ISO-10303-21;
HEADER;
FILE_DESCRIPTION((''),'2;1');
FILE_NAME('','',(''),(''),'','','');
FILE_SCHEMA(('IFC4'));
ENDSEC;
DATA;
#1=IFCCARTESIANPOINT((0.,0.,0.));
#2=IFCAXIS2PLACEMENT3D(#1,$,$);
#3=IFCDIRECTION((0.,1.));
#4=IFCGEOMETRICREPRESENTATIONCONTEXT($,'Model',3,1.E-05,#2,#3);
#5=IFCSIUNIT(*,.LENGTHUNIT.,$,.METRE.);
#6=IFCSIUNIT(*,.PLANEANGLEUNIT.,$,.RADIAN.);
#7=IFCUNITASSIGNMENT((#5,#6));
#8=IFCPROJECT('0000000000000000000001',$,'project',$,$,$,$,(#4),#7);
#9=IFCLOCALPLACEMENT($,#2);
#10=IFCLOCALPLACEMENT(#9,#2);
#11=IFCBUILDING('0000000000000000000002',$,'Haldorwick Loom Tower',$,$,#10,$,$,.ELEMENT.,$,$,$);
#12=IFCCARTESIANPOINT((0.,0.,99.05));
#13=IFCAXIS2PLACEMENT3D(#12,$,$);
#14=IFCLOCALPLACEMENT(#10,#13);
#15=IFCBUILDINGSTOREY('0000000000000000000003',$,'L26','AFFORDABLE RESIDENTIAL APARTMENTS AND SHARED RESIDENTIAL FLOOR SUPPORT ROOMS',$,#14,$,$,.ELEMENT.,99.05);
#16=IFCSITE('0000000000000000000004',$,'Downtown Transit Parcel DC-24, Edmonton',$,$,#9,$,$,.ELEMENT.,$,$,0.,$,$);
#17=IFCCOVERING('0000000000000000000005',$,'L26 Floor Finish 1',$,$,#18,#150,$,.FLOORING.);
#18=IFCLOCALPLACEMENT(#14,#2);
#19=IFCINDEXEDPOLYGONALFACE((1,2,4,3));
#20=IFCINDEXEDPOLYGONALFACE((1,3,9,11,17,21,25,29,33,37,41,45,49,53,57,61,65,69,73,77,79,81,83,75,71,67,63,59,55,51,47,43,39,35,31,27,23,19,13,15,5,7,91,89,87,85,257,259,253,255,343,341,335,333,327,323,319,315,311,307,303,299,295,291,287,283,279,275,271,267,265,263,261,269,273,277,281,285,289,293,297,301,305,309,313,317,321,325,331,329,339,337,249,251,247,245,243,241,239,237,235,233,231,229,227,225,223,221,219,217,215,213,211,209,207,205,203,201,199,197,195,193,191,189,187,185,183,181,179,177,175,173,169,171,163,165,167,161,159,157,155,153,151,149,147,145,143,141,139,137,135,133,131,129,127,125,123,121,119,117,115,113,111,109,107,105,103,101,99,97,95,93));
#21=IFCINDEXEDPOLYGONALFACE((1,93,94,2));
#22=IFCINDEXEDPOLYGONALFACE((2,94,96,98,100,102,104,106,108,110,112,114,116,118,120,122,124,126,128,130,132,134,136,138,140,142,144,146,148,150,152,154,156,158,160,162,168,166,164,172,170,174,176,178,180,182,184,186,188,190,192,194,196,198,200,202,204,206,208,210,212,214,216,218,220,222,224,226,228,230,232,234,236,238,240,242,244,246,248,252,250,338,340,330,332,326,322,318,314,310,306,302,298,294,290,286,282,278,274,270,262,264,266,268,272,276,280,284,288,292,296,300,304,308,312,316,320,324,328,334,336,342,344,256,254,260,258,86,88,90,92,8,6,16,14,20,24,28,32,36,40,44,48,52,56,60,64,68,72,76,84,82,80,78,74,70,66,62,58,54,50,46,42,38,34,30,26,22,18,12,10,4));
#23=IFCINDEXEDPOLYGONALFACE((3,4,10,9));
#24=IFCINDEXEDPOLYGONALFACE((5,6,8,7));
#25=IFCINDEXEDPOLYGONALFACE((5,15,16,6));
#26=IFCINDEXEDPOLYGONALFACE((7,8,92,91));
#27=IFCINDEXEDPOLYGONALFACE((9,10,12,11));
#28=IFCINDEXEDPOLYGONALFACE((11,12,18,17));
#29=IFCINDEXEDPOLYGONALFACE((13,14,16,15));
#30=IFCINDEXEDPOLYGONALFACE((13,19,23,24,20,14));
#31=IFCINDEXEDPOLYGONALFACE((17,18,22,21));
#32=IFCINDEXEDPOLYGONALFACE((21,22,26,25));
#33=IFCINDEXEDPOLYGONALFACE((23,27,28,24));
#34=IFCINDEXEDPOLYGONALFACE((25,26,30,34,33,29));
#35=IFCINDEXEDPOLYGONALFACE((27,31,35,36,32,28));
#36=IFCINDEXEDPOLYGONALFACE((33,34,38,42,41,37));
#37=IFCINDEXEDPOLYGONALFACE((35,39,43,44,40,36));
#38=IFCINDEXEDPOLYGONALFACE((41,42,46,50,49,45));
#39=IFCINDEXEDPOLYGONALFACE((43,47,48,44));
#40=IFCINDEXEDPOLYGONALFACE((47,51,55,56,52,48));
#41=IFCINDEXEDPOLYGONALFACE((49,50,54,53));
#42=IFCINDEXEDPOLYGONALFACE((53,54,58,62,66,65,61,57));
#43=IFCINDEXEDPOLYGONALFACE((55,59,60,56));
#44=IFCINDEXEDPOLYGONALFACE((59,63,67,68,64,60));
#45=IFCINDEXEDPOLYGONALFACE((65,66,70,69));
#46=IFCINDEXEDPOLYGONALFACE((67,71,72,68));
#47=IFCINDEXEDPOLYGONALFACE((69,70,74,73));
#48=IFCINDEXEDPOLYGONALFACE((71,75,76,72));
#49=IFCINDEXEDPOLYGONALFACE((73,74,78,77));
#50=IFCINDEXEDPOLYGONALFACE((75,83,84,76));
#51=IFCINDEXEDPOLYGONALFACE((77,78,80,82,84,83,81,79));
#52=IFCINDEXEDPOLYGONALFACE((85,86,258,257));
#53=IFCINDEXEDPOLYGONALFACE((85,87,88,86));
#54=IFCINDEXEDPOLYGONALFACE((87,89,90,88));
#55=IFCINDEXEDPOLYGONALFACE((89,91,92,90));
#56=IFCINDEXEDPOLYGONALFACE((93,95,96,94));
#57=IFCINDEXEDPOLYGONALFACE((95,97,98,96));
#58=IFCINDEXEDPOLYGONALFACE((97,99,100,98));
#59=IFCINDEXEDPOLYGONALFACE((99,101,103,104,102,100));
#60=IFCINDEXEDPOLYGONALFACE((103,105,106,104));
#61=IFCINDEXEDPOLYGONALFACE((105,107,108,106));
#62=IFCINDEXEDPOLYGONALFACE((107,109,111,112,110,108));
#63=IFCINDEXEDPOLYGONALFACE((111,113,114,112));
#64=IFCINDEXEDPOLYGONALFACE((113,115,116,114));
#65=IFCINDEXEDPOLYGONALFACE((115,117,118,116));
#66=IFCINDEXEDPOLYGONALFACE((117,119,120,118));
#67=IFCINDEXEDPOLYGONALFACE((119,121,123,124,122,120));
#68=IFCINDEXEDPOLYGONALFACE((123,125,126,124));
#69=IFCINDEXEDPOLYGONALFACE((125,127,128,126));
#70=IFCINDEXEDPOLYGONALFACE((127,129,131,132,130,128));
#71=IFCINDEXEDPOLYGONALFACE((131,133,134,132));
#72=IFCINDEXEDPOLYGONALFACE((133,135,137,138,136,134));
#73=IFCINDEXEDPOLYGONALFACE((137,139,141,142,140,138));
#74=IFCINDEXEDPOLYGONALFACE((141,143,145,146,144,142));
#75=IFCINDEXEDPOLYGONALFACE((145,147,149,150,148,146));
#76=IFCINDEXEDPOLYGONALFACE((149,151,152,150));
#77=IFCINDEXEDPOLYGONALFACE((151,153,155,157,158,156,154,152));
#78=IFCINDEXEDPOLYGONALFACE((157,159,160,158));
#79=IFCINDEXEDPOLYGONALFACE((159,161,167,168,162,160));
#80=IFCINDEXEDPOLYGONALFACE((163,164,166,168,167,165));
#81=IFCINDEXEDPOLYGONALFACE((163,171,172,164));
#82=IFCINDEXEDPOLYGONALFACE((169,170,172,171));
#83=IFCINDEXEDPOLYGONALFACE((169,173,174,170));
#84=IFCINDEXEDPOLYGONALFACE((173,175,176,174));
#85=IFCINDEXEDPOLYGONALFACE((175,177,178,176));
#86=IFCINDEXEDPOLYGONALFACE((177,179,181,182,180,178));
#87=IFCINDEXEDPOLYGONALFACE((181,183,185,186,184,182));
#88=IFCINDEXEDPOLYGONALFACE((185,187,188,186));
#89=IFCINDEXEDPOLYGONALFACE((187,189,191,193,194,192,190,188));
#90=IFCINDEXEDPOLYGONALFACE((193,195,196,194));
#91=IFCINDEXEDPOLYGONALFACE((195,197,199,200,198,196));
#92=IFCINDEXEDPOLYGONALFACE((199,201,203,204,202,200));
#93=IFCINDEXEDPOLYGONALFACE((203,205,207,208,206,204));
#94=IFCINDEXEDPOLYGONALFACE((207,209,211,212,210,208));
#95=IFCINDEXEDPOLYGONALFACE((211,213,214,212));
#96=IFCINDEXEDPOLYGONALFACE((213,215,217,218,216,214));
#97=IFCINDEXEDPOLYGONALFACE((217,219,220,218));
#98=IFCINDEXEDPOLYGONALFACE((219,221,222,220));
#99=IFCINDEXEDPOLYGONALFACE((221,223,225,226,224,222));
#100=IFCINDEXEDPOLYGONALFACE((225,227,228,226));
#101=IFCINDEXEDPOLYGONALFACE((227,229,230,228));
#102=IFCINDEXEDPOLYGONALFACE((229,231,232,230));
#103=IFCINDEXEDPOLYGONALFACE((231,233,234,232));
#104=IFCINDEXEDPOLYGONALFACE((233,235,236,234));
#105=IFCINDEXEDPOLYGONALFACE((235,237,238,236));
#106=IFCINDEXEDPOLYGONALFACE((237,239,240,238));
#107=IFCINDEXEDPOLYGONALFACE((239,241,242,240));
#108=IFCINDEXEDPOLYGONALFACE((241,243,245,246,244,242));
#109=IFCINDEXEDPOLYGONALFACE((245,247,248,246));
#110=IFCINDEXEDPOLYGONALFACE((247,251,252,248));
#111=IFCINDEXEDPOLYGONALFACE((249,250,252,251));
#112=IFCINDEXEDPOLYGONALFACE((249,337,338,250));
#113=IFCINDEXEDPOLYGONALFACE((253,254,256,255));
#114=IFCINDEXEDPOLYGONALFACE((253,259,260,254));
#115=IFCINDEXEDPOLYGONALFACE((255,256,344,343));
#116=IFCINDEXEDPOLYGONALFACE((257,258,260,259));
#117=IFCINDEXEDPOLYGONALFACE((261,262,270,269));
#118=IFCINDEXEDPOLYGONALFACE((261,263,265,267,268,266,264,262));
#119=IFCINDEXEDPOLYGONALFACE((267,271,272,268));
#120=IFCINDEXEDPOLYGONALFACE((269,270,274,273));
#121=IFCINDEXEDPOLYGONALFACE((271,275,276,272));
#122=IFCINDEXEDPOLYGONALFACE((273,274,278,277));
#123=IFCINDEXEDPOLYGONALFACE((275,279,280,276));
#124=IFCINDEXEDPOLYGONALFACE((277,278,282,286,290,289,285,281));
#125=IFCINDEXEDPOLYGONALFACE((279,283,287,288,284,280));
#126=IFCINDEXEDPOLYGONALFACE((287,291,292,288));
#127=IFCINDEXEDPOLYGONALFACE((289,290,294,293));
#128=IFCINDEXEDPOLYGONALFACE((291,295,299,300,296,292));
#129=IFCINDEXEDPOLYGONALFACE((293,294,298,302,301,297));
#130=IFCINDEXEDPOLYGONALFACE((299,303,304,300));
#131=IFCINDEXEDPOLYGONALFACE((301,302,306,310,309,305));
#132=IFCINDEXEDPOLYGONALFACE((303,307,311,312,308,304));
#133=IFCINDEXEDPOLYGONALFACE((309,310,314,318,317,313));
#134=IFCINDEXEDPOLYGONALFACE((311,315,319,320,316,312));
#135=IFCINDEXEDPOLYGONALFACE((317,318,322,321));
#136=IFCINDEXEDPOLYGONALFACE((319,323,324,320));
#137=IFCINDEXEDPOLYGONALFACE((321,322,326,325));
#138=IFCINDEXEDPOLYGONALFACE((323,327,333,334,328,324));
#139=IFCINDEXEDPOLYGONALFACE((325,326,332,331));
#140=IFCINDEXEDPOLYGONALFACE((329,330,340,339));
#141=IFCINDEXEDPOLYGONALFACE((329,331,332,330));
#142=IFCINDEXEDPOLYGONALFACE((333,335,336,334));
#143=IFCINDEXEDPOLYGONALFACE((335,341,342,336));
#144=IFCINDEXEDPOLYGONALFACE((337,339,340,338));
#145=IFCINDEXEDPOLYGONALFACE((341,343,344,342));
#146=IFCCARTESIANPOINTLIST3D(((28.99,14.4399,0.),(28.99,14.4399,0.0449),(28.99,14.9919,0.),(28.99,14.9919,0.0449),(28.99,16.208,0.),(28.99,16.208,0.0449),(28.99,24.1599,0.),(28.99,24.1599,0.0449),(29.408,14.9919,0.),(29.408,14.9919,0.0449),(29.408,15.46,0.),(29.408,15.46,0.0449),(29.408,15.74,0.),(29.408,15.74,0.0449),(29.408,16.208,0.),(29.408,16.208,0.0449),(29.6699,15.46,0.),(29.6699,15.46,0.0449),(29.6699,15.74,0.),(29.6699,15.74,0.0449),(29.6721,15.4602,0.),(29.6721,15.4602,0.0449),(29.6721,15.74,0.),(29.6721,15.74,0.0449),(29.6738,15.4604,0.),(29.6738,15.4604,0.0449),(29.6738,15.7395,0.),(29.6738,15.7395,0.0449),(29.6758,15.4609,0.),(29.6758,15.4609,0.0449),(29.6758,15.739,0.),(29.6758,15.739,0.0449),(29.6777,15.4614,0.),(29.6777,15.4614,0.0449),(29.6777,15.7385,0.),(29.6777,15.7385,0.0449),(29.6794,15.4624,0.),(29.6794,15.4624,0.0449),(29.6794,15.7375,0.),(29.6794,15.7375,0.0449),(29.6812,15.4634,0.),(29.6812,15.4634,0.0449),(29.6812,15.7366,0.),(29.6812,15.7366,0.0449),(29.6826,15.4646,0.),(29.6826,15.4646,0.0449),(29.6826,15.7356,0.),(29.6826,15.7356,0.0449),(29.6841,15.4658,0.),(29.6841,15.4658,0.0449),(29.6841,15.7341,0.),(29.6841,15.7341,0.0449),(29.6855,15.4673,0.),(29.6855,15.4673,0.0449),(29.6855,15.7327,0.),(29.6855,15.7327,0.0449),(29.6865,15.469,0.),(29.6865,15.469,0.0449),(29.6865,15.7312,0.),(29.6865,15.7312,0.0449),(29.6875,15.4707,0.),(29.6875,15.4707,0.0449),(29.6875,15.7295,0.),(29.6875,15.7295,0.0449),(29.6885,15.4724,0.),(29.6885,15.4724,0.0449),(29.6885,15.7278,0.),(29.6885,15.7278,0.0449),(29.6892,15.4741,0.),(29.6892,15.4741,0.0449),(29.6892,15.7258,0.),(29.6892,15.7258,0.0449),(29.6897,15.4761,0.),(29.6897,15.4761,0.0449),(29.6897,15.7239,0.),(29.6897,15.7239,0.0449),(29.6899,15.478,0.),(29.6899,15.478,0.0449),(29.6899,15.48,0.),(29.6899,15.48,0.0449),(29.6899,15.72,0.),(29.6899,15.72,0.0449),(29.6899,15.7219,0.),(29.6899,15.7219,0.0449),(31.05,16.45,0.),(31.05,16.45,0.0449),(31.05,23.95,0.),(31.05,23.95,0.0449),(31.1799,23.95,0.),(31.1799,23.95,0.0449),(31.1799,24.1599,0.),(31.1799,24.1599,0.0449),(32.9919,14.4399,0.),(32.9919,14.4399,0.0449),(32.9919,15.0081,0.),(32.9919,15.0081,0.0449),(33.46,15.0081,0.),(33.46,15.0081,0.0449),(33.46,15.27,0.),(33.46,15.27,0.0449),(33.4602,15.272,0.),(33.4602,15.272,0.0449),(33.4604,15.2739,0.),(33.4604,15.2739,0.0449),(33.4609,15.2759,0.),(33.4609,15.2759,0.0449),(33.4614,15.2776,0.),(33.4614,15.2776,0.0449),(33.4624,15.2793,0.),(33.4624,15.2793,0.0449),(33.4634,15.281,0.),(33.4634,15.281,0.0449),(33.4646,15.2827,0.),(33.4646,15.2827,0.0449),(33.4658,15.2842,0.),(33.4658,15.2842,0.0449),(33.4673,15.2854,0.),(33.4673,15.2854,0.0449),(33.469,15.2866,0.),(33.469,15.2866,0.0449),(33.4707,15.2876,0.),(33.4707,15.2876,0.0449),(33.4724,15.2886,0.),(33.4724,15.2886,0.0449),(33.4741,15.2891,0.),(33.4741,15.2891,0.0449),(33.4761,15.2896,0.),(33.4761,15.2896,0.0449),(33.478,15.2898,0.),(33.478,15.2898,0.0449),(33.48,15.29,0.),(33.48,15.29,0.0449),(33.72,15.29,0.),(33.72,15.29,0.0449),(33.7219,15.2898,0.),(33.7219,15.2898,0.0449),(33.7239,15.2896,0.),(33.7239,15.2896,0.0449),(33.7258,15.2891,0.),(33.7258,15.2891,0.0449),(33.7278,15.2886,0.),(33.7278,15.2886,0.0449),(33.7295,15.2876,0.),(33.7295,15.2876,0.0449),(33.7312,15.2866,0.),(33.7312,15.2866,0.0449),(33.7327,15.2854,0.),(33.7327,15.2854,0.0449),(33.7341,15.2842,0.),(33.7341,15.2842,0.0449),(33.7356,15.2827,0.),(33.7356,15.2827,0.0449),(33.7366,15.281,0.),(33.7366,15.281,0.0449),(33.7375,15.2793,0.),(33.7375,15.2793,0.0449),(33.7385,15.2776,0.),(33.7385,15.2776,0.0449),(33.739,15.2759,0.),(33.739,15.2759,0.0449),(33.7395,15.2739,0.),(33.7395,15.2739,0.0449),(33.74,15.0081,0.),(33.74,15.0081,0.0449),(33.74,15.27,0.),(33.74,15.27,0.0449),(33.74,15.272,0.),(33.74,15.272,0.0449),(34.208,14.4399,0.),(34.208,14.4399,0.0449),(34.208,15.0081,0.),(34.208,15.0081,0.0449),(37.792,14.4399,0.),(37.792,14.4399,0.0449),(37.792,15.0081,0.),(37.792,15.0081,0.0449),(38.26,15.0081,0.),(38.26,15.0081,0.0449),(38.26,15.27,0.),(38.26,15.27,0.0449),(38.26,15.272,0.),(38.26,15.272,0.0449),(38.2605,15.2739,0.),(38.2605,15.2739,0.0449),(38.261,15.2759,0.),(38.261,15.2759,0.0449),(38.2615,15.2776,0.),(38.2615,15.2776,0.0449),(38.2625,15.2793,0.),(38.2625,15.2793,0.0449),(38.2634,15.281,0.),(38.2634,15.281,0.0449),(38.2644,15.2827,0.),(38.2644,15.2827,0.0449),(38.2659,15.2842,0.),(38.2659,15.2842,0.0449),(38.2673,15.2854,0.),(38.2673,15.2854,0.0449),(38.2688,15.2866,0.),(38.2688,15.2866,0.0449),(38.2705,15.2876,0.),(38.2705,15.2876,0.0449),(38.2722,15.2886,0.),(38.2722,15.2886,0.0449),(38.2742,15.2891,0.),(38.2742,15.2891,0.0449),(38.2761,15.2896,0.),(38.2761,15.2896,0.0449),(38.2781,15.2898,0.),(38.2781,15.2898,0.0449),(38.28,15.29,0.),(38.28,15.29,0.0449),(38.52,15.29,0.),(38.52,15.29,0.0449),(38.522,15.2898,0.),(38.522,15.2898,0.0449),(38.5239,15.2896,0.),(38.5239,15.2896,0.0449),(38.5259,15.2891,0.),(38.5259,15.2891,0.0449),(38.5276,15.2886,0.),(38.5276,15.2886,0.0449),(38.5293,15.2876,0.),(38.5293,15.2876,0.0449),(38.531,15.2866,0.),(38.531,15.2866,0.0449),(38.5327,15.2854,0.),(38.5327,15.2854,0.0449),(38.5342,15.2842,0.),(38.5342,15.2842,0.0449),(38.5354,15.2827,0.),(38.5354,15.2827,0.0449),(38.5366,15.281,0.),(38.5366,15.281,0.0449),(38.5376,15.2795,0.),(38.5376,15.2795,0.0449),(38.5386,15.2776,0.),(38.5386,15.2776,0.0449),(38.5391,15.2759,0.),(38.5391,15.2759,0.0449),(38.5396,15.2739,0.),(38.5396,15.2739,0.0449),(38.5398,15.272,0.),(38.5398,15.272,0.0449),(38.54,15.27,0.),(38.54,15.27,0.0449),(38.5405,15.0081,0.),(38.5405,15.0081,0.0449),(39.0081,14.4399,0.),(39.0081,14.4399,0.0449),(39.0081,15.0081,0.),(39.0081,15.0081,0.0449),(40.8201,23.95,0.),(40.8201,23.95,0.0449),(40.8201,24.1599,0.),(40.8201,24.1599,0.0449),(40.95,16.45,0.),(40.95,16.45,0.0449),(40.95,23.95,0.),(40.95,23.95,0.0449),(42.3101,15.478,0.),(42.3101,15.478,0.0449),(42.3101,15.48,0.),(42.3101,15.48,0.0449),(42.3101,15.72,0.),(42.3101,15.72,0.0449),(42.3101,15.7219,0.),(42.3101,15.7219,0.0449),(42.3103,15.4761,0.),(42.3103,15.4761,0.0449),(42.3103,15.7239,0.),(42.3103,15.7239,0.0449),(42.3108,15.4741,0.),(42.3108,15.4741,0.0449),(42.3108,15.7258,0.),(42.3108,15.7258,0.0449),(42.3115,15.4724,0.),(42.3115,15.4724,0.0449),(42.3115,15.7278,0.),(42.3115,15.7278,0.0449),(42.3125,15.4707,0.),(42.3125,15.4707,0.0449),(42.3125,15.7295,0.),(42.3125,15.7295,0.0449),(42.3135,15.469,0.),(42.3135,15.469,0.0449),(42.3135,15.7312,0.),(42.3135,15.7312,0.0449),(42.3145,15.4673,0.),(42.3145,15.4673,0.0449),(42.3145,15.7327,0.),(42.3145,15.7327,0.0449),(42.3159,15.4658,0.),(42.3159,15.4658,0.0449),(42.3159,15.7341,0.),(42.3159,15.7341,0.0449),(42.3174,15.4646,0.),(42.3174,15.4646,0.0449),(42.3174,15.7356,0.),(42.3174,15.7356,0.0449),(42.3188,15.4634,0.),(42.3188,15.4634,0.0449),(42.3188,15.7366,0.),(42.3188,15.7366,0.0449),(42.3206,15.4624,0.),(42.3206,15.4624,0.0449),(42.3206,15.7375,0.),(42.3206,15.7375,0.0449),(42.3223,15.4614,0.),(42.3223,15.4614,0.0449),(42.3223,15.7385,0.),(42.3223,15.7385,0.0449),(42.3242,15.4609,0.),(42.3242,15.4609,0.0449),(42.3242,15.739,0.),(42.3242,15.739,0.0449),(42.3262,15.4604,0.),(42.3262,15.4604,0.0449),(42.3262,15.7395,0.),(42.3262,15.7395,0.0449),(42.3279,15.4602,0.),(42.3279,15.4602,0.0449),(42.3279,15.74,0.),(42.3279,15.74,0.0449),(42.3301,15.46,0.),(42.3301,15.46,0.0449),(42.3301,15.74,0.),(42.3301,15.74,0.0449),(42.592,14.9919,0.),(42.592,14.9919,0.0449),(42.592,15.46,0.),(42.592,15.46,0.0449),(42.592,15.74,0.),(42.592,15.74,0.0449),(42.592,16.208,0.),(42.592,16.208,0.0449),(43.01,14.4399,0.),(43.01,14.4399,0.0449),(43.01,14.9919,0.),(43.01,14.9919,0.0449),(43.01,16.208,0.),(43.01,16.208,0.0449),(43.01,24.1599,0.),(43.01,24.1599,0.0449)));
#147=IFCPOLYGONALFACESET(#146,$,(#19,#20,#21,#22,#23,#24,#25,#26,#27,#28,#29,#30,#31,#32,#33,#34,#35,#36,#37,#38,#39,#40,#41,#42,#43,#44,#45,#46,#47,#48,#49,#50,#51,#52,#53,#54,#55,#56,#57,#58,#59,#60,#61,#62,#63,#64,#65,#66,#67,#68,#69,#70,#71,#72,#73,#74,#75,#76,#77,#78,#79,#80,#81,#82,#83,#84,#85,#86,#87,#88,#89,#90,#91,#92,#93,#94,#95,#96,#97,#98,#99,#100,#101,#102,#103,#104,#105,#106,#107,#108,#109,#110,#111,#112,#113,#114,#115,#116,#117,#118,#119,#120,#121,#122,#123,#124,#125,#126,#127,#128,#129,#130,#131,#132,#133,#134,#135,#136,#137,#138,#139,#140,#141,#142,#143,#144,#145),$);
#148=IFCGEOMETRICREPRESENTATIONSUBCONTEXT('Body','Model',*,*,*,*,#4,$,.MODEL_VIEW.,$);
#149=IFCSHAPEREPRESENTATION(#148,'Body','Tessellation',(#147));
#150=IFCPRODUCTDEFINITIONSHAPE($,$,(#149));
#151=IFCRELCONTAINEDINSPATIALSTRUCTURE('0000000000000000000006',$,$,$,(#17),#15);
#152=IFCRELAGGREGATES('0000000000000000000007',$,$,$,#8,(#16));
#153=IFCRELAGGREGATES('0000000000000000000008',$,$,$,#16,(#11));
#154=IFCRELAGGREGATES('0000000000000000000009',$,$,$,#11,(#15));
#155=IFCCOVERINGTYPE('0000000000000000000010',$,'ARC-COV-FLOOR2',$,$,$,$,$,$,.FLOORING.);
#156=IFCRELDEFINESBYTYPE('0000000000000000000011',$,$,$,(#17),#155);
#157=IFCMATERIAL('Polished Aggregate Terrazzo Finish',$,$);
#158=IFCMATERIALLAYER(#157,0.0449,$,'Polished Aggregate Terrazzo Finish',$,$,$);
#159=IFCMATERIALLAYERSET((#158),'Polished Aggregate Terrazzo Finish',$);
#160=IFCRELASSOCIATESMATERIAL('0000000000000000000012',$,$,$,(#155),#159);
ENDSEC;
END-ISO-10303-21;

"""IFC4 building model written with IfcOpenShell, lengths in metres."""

from ifc_helpers import new_model, si_unit, direction, frame, origin, place, context, subcontext, project, spatial, polyline, outline, extrude, material, layer, layer_set, type_object, element, save


model = new_model("IFC4")

# Units and contexts
model_context = context("Model", 3, precision=1e-05, world=origin(), true_north=direction((0.0, 1.0)))
body_context = subcontext(model_context, "Body", "Model", "MODEL_VIEW")
ifc_project = project(units=[si_unit("LENGTHUNIT", "METRE"), si_unit("PLANEANGLEUNIT", "RADIAN")], contexts=[model_context])

# Site, building, storey
site_placement = place(None, origin())
site = spatial("IfcSite", under=ifc_project, at=site_placement, Name="Downtown Transit Parcel DC-24, Edmonton", CompositionType="ELEMENT", RefElevation=0.0)
building_placement = place(site_placement, origin())
building = spatial("IfcBuilding", under=site, at=building_placement, Name="Haldorwick Loom Tower", CompositionType="ELEMENT")
storey_placement = place(building_placement, frame((0.0, 0.0, 99.05)))
storey = spatial("IfcBuildingStorey", under=building, at=storey_placement, Name="L26", Description="AFFORDABLE RESIDENTIAL APARTMENTS AND SHARED RESIDENTIAL FLOOR SUPPORT ROOMS", CompositionType="ELEMENT", Elevation=99.05)

# Covering
ifc_material_1 = material(Name="Polished Aggregate Terrazzo Finish")
ifc_layer_1 = layer(ifc_material_1, 0.0449, Name="Polished Aggregate Terrazzo Finish")
ifc_layer_set_1 = layer_set([ifc_layer_1], Name="Polished Aggregate Terrazzo Finish")
covering_type_1 = type_object("IfcCoveringType", Name="ARC-COV-FLOOR2", PredefinedType="FLOORING", material=ifc_layer_set_1)
covering_1_placement = place(storey_placement, origin())
element("IfcCovering", 1, at=covering_1_placement, inside=storey, type_object=covering_type_1, Name="L26 Floor Finish 1", PredefinedType="FLOORING", context=body_context, shape_type="SweptSolid", body=[
    extrude(outline(polyline([(33.72, 15.29), (33.7219, 15.2898), (33.7239, 15.2896), (33.7258, 15.2891), (33.7278, 15.2886), (33.7295, 15.2876), (33.7312, 15.2866), (33.7327, 15.2854), (33.7341, 15.2842), (33.7356, 15.2827), (33.7366, 15.281), (33.7375, 15.2793), (33.7385, 15.2776), (33.739, 15.2759), (33.7395, 15.2739), (33.74, 15.272), (33.74, 15.27), (33.74, 15.0081), (34.208, 15.0081), (34.208, 14.4399), (37.792, 14.4399), (37.792, 15.0081), (38.26, 15.0081), (38.26, 15.27), (38.26, 15.272), (38.2605, 15.2739), (38.261, 15.2759), (38.2615, 15.2776), (38.2625, 15.2793), (38.2634, 15.281), (38.2644, 15.2827), (38.2659, 15.2842), (38.2673, 15.2854), (38.2688, 15.2866), (38.2705, 15.2876), (38.2722, 15.2886), (38.2742, 15.2891), (38.2761, 15.2896), (38.2781, 15.2898), (38.28, 15.29), (38.52, 15.29), (38.522, 15.2898), (38.5239, 15.2896), (38.5259, 15.2891), (38.5276, 15.2886), (38.5293, 15.2876), (38.531, 15.2866), (38.5327, 15.2854), (38.5342, 15.2842), (38.5354, 15.2827), (38.5366, 15.281), (38.5376, 15.2795), (38.5386, 15.2776), (38.5391, 15.2759), (38.5396, 15.2739), (38.5398, 15.272), (38.54, 15.27), (38.5405, 15.0081), (39.0081, 15.0081), (39.0081, 14.4399), (43.01, 14.4399), (43.01, 14.9919), (42.592, 14.9919), (42.592, 15.46), (42.3301, 15.46), (42.3279, 15.4602), (42.3262, 15.4604), (42.3242, 15.4609), (42.3223, 15.4614), (42.3206, 15.4624), (42.3188, 15.4634), (42.3174, 15.4646), (42.3159, 15.4658), (42.3145, 15.4673), (42.3135, 15.469), (42.3125, 15.4707), (42.3115, 15.4724), (42.3108, 15.4741), (42.3103, 15.4761), (42.3101, 15.478), (42.3101, 15.48), (42.3101, 15.72), (42.3101, 15.7219), (42.3103, 15.7239), (42.3108, 15.7258), (42.3115, 15.7278), (42.3125, 15.7295), (42.3135, 15.7312), (42.3145, 15.7327), (42.3159, 15.7341), (42.3174, 15.7356), (42.3188, 15.7366), (42.3206, 15.7375), (42.3223, 15.7385), (42.3242, 15.739), (42.3262, 15.7395), (42.3279, 15.74), (42.3301, 15.74), (42.592, 15.74), (42.592, 16.208), (43.01, 16.208), (43.01, 24.1599), (40.8201, 24.1599), (40.8201, 23.95), (40.95, 23.95), (40.95, 16.45), (31.05, 16.45), (31.05, 23.95), (31.1799, 23.95), (31.1799, 24.1599), (28.99, 24.1599), (28.99, 16.208), (29.408, 16.208), (29.408, 15.74), (29.6699, 15.74), (29.6721, 15.74), (29.6738, 15.7395), (29.6758, 15.739), (29.6777, 15.7385), (29.6794, 15.7375), (29.6812, 15.7366), (29.6826, 15.7356), (29.6841, 15.7341), (29.6855, 15.7327), (29.6865, 15.7312), (29.6875, 15.7295), (29.6885, 15.7278), (29.6892, 15.7258), (29.6897, 15.7239), (29.6899, 15.7219), (29.6899, 15.72), (29.6899, 15.48), (29.6899, 15.478), (29.6897, 15.4761), (29.6892, 15.4741), (29.6885, 15.4724), (29.6875, 15.4707), (29.6865, 15.469), (29.6855, 15.4673), (29.6841, 15.4658), (29.6826, 15.4646), (29.6812, 15.4634), (29.6794, 15.4624), (29.6777, 15.4614), (29.6758, 15.4609), (29.6738, 15.4604), (29.6721, 15.4602), (29.6699, 15.46), (29.408, 15.46), (29.408, 14.9919), (28.99, 14.9919), (28.99, 14.4399), (32.9919, 14.4399), (32.9919, 15.0081), (33.46, 15.0081), (33.46, 15.27), (33.4602, 15.272), (33.4604, 15.2739), (33.4609, 15.2759), (33.4614, 15.2776), (33.4624, 15.2793), (33.4634, 15.281), (33.4646, 15.2827), (33.4658, 15.2842), (33.4673, 15.2854), (33.469, 15.2866), (33.4707, 15.2876), (33.4724, 15.2886), (33.4741, 15.2891), (33.4761, 15.2896), (33.478, 15.2898), (33.48, 15.29), (33.72, 15.29)])), origin(), (0.0, 0.0, 1.0), 0.0449),
])

save(model, "model.ifc")
